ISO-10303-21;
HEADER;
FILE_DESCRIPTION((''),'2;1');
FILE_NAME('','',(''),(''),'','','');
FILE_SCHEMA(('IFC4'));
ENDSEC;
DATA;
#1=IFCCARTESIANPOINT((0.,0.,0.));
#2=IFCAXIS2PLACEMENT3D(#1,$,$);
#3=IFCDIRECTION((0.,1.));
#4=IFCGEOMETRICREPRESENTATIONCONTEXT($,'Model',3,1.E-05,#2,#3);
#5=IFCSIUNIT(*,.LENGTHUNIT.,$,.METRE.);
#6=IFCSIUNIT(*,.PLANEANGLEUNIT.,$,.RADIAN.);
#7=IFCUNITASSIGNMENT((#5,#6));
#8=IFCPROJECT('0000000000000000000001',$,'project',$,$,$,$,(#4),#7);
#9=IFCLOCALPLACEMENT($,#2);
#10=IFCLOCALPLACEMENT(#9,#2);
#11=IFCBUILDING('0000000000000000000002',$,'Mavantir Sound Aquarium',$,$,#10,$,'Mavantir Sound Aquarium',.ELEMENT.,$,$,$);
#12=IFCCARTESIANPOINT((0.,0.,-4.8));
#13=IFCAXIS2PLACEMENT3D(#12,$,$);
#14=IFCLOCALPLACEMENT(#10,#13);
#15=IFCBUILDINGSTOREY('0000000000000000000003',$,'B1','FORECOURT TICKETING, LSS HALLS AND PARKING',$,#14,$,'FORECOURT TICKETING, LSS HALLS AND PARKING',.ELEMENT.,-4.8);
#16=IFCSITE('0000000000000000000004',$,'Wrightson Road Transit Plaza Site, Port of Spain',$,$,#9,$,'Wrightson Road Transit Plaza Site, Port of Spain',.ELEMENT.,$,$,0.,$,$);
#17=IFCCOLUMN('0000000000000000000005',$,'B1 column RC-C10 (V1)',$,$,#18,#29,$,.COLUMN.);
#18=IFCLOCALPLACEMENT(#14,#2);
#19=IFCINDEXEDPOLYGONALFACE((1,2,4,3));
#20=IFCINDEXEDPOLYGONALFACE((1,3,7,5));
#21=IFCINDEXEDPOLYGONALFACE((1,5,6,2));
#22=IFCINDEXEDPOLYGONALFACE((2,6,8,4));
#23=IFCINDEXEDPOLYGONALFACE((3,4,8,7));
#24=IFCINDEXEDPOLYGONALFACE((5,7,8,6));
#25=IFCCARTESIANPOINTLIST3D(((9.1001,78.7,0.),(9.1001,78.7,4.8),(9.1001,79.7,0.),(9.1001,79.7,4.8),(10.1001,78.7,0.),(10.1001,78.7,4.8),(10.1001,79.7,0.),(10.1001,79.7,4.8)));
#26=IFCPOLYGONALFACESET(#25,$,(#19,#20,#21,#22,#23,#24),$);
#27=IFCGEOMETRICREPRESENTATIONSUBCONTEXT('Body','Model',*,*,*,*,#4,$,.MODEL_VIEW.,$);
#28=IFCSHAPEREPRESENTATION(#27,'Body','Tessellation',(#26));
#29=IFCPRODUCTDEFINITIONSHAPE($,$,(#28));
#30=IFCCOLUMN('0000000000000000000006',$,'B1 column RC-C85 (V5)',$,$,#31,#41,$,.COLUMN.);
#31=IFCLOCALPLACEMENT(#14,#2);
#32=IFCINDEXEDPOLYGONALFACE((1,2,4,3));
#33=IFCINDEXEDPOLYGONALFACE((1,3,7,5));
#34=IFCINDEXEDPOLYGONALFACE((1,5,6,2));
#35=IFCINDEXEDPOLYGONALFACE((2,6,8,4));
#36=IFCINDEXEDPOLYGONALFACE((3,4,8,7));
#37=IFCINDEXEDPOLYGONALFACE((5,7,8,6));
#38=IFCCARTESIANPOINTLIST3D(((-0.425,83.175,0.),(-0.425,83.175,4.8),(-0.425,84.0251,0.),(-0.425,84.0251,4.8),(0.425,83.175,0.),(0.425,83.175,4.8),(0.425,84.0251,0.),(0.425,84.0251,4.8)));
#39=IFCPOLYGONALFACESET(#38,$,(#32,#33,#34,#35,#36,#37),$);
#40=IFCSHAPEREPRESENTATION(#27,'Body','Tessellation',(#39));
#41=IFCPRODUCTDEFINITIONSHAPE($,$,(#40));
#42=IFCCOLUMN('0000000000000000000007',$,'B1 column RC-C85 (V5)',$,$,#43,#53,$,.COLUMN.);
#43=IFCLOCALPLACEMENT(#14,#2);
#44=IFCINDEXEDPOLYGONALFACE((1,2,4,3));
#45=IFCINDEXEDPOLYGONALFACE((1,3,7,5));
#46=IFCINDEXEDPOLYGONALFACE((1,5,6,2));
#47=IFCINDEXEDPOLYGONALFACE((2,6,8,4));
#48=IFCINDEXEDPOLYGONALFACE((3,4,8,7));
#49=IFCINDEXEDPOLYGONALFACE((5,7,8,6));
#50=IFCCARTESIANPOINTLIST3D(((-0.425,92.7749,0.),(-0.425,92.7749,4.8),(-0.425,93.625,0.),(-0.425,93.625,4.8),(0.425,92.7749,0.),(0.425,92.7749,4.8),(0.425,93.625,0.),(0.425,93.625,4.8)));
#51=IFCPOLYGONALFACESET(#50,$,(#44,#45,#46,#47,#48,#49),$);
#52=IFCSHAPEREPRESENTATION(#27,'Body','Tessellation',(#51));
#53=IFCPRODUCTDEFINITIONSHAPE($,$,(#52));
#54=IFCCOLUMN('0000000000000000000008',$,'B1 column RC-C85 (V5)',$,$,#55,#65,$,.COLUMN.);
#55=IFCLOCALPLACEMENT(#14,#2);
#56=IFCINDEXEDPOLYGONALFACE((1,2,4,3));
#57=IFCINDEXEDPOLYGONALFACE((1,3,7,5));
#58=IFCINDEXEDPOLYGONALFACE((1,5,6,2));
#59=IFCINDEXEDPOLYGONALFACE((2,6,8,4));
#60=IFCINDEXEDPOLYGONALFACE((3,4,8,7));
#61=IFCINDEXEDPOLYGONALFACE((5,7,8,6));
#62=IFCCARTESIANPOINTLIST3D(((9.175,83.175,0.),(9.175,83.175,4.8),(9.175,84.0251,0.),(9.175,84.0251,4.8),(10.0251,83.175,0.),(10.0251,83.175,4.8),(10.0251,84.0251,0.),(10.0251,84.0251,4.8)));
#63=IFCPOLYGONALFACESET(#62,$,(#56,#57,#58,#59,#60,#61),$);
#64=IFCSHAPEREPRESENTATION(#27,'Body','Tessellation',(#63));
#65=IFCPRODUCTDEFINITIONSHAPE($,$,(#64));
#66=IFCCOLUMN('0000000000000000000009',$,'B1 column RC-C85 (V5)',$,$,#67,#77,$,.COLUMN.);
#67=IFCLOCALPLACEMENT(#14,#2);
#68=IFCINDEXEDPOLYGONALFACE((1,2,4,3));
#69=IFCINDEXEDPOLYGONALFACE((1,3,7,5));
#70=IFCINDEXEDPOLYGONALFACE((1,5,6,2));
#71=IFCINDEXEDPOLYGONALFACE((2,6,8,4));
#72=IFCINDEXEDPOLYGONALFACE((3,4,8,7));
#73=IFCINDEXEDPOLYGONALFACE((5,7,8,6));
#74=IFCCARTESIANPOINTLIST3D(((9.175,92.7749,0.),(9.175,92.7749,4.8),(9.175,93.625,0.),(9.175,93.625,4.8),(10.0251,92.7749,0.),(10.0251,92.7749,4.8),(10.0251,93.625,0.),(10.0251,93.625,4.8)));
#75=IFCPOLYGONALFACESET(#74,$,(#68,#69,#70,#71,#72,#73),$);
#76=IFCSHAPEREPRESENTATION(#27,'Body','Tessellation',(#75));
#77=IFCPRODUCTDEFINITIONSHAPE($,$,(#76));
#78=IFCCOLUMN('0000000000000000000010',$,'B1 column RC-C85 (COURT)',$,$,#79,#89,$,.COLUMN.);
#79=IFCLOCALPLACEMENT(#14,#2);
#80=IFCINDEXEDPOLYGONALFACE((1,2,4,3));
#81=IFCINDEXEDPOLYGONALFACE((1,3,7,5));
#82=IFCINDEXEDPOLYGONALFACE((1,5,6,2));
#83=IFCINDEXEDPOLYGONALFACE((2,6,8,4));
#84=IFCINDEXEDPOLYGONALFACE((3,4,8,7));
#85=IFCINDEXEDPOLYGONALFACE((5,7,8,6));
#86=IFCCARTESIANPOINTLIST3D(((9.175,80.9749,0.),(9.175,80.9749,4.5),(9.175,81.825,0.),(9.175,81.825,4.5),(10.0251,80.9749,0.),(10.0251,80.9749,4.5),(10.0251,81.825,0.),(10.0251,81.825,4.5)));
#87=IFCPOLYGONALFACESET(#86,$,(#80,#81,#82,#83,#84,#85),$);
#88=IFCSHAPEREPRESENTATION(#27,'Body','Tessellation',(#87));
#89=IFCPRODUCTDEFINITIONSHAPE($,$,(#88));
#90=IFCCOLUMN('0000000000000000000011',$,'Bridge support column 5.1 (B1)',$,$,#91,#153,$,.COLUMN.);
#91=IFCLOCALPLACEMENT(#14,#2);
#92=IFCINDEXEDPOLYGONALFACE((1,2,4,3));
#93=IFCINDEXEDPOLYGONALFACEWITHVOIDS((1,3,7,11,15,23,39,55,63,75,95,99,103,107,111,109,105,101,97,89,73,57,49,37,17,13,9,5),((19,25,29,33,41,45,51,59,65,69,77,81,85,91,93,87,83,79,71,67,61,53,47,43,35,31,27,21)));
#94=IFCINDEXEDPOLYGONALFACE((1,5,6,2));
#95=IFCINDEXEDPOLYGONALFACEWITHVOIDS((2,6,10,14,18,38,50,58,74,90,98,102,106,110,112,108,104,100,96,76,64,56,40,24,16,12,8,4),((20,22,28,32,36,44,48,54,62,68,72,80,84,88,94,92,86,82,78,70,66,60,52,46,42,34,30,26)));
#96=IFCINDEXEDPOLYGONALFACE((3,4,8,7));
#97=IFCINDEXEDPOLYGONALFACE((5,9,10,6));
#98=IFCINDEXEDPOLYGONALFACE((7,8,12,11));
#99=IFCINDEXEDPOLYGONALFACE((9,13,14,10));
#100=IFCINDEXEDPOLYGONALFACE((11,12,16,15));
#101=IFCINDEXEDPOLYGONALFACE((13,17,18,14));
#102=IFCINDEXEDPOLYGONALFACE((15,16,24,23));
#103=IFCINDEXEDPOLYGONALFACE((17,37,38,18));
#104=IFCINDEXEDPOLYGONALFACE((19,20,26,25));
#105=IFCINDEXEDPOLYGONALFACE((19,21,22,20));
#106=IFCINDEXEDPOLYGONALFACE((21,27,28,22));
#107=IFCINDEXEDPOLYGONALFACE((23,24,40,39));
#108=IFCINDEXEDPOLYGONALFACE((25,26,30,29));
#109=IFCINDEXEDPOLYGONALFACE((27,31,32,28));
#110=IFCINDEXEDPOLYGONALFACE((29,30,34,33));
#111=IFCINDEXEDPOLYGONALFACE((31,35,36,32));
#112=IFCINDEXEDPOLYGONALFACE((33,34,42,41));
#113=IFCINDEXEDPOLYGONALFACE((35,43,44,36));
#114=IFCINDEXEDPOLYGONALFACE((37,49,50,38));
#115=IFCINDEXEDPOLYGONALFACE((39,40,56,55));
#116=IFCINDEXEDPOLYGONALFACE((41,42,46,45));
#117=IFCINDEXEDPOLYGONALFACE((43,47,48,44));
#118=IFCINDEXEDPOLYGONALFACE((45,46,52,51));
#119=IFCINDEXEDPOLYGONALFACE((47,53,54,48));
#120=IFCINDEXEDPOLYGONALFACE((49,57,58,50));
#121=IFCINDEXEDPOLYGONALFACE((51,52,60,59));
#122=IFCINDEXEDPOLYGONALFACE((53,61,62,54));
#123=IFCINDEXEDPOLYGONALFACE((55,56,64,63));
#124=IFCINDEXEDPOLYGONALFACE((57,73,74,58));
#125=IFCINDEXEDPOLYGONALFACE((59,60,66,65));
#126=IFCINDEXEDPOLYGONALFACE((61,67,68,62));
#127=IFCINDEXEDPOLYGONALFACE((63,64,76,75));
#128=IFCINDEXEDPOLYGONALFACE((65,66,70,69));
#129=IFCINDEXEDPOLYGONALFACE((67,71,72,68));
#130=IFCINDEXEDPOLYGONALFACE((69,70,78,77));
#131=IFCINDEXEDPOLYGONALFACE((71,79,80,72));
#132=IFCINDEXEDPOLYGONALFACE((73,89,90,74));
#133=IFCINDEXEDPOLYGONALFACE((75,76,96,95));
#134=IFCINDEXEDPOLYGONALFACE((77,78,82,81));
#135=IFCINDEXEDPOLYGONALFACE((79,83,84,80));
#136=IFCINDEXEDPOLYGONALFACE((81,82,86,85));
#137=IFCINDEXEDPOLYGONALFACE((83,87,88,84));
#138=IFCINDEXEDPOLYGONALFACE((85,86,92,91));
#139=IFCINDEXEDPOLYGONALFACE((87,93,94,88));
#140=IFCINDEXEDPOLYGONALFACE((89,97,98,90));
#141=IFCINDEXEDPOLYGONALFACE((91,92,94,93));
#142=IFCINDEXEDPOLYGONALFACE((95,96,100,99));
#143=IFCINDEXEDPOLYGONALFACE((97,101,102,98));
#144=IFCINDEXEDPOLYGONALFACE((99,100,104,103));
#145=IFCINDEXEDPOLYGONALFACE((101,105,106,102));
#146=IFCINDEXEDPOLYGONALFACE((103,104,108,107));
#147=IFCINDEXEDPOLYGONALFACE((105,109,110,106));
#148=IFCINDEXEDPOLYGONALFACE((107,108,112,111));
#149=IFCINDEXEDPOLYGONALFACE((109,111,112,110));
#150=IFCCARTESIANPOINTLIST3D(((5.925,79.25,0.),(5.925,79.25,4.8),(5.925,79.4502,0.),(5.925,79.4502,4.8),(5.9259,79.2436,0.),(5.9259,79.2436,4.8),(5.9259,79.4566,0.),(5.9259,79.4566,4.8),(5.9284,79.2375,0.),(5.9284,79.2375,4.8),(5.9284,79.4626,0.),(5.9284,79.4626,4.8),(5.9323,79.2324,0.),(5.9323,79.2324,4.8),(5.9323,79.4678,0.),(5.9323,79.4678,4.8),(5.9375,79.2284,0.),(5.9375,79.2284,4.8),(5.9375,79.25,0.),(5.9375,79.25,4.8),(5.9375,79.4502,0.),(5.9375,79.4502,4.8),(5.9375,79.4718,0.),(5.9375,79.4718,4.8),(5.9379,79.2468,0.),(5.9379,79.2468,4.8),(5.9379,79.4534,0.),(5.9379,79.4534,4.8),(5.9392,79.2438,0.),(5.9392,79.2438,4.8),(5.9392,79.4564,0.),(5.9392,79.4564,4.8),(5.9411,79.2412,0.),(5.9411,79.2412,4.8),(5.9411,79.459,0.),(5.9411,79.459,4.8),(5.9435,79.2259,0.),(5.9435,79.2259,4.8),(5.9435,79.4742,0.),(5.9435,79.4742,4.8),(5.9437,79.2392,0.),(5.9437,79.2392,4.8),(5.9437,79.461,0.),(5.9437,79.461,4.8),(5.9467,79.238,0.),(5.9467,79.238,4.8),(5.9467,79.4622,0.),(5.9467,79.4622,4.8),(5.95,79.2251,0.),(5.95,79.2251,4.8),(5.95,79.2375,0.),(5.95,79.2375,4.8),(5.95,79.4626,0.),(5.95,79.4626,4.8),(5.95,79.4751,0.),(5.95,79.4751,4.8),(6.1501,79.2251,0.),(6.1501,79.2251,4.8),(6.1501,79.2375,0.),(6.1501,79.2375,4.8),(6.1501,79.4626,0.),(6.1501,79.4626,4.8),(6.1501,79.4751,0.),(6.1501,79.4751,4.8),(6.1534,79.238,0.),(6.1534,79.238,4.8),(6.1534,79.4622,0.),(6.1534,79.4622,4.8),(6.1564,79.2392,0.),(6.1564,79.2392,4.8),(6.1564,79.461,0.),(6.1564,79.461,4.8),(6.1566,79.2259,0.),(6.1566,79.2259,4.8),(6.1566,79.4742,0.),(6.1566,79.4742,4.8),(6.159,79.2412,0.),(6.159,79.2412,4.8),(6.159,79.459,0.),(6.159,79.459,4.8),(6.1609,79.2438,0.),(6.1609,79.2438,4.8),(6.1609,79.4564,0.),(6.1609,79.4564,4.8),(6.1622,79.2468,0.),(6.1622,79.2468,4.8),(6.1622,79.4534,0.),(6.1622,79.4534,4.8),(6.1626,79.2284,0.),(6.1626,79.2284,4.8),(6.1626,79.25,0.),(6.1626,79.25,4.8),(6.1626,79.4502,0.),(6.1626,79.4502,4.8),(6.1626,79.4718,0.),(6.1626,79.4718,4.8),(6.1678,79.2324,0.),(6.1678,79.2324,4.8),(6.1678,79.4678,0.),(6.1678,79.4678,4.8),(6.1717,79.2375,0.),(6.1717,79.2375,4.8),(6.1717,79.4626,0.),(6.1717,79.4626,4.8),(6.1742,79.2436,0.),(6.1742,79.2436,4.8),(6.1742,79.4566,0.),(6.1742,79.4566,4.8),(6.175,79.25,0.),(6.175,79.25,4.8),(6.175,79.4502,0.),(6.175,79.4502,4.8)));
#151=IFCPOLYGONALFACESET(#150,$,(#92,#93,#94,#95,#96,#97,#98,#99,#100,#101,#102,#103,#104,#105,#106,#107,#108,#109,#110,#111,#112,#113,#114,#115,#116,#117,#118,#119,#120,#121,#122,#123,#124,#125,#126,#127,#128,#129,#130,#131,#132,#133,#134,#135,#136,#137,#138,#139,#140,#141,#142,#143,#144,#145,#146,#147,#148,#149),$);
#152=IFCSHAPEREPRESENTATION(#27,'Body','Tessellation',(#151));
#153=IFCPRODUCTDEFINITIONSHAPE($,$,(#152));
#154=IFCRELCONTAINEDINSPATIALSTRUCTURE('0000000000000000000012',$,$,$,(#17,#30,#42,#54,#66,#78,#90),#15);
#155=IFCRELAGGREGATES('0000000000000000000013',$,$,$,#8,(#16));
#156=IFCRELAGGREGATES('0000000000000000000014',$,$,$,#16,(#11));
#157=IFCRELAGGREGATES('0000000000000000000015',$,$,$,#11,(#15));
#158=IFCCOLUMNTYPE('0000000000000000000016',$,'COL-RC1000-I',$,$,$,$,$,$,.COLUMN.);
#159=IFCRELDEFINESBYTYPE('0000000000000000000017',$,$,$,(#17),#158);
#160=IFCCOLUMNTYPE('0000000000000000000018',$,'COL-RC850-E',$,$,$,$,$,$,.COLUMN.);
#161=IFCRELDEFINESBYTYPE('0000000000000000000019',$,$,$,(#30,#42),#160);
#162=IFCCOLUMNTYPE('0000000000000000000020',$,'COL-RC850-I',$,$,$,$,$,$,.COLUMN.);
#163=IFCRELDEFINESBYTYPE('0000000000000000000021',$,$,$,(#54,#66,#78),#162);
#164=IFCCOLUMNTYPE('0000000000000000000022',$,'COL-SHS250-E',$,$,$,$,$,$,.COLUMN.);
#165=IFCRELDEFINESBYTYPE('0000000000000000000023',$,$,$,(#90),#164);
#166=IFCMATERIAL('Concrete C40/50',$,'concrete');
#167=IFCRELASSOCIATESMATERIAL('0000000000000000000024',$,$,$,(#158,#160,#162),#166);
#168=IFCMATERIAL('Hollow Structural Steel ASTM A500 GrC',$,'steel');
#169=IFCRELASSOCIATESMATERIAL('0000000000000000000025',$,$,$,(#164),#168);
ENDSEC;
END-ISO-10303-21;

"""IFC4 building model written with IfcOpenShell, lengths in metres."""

from ifc_helpers import new_model, si_unit, direction, frame, origin, origin_2d, place, context, subcontext, project, spatial, rectangle, hollow_rectangle, extrude, material, material_profile, profile_set, type_object, element, save


model = new_model("IFC4")

# Units and contexts
model_context = context("Model", 3, precision=1e-05, world=origin(), true_north=direction((0.0, 1.0)))
body_context = subcontext(model_context, "Body", "Model", "MODEL_VIEW")
ifc_project = project(units=[si_unit("LENGTHUNIT", "METRE"), si_unit("PLANEANGLEUNIT", "RADIAN")], contexts=[model_context])

# Site, building, storey
site_placement = place(None, origin())
site = spatial("IfcSite", under=ifc_project, at=site_placement, Name="Wrightson Road Transit Plaza Site, Port of Spain", LongName="Wrightson Road Transit Plaza Site, Port of Spain", CompositionType="ELEMENT", RefElevation=0.0)
building_placement = place(site_placement, origin())
building = spatial("IfcBuilding", under=site, at=building_placement, Name="Mavantir Sound Aquarium", LongName="Mavantir Sound Aquarium", CompositionType="ELEMENT")
storey_placement = place(building_placement, frame((0.0, 0.0, -4.8)))
storey = spatial("IfcBuildingStorey", under=building, at=storey_placement, Name="B1", Description="FORECOURT TICKETING, LSS HALLS AND PARKING", LongName="FORECOURT TICKETING, LSS HALLS AND PARKING", CompositionType="ELEMENT", Elevation=-4.8)

# Columns
ifc_material_1 = material(Name="Concrete C40/50", Category="concrete")
ifc_material_profile_1 = material_profile(ifc_material_1, rectangle(XDim=1.0, YDim=1.0, at=origin_2d()), Name="RC 1000X1000")
ifc_profile_set_1 = profile_set([ifc_material_profile_1], Name="Concrete C40/50")
column_type_1 = type_object("IfcColumnType", Name="COL-RC1000-I", PredefinedType="COLUMN", material=ifc_profile_set_1)
column_1_placement = place(storey_placement, frame((9.6001, 79.2, 0.0), z_axis=(0.0, 0.0, 1.0), x_axis=(1.0, 0.0, 0.0)))
element("IfcColumn", 1, at=column_1_placement, inside=storey, type_object=column_type_1, Name="B1 column RC-C10 (V1)", PredefinedType="COLUMN", context=body_context, shape_type="SweptSolid", body=[
    extrude(rectangle(XDim=1.0, YDim=1.0, at=origin_2d()), origin(), (0.0, 0.0, 1.0), 4.8),
])
ifc_material_profile_2 = material_profile(ifc_material_1, rectangle(XDim=0.8501, YDim=0.8501, at=origin_2d()), Name="RC 850X850")
ifc_profile_set_2 = profile_set([ifc_material_profile_2], Name="Concrete C40/50")
column_type_2 = type_object("IfcColumnType", Name="COL-RC850-E", PredefinedType="COLUMN", material=ifc_profile_set_2)
for number, where, z_axis, x_axis, name in (
    (2, (0.0, 83.6001, 0.0), (0.0, 0.0, 1.0), (1.0, 0.0, 0.0), "B1 column RC-C85 (V5)"),
    (3, (0.0, 93.2, 0.0), (0.0, 0.0, 1.0), (1.0, 0.0, 0.0), "B1 column RC-C85 (V5)"),
):
    element("IfcColumn", number, at=place(storey_placement, frame(where, z_axis=z_axis, x_axis=x_axis)), inside=storey, type_object=column_type_2, Name=name, PredefinedType="COLUMN", context=body_context, shape_type="SweptSolid", body=[
        extrude(rectangle(XDim=0.8501, YDim=0.8501, at=origin_2d()), origin(), (0.0, 0.0, 1.0), 4.8),
    ])
ifc_material_profile_3 = material_profile(ifc_material_1, rectangle(XDim=0.8501, YDim=0.8501, at=origin_2d()), Name="RC 850X850")
ifc_profile_set_3 = profile_set([ifc_material_profile_3], Name="Concrete C40/50")
column_type_3 = type_object("IfcColumnType", Name="COL-RC850-I", PredefinedType="COLUMN", material=ifc_profile_set_3)
for number, where, z_axis, x_axis, name in (
    (4, (9.6001, 83.6001, 0.0), (0.0, 0.0, 1.0), (1.0, 0.0, 0.0), "B1 column RC-C85 (V5)"),
    (5, (9.6001, 93.2, 0.0), (0.0, 0.0, 1.0), (1.0, 0.0, 0.0), "B1 column RC-C85 (V5)"),
):
    element("IfcColumn", number, at=place(storey_placement, frame(where, z_axis=z_axis, x_axis=x_axis)), inside=storey, type_object=column_type_3, Name=name, PredefinedType="COLUMN", context=body_context, shape_type="SweptSolid", body=[
        extrude(rectangle(XDim=0.8501, YDim=0.8501, at=origin_2d()), origin(), (0.0, 0.0, 1.0), 4.8),
    ])
column_2_placement = place(storey_placement, frame((9.6001, 81.3999, 0.0), z_axis=(0.0, 0.0, 1.0), x_axis=(1.0, 0.0, 0.0)))
element("IfcColumn", 6, at=column_2_placement, inside=storey, type_object=column_type_3, Name="B1 column RC-C85 (COURT)", PredefinedType="COLUMN", context=body_context, shape_type="SweptSolid", body=[
    extrude(rectangle(XDim=0.8501, YDim=0.8501, at=origin_2d()), origin(), (0.0, 0.0, 1.0), 4.5),
])
ifc_material_2 = material(Name="Hollow Structural Steel ASTM A500 GrC", Category="steel")
ifc_material_profile_4 = material_profile(ifc_material_2, hollow_rectangle(XDim=0.25, YDim=0.25, WallThickness=0.0125, InnerFilletRadius=0.0125, OuterFilletRadius=0.0249, at=origin_2d()), Name="SHS 250X250X12.5")
ifc_profile_set_4 = profile_set([ifc_material_profile_4], Name="Hollow Structural Steel ASTM A500 GrC")
column_type_4 = type_object("IfcColumnType", Name="COL-SHS250-E", PredefinedType="COLUMN", material=ifc_profile_set_4)
for number, where, z_axis, x_axis, name in (
    (7, (6.05, 79.3501, 0.0), (0.0, 0.0, 1.0), (1.0, 0.0, 0.0), "Bridge support column 5.1 (B1)"),
):
    element("IfcColumn", number, at=place(storey_placement, frame(where, z_axis=z_axis, x_axis=x_axis)), inside=storey, type_object=column_type_4, Name=name, PredefinedType="COLUMN", context=body_context, shape_type="SweptSolid", body=[
        extrude(hollow_rectangle(XDim=0.25, YDim=0.25, WallThickness=0.0125, InnerFilletRadius=0.0125, OuterFilletRadius=0.0249, at=origin_2d()), origin(), (0.0, 0.0, 1.0), 4.8),
    ])

save(model, "model.ifc")
